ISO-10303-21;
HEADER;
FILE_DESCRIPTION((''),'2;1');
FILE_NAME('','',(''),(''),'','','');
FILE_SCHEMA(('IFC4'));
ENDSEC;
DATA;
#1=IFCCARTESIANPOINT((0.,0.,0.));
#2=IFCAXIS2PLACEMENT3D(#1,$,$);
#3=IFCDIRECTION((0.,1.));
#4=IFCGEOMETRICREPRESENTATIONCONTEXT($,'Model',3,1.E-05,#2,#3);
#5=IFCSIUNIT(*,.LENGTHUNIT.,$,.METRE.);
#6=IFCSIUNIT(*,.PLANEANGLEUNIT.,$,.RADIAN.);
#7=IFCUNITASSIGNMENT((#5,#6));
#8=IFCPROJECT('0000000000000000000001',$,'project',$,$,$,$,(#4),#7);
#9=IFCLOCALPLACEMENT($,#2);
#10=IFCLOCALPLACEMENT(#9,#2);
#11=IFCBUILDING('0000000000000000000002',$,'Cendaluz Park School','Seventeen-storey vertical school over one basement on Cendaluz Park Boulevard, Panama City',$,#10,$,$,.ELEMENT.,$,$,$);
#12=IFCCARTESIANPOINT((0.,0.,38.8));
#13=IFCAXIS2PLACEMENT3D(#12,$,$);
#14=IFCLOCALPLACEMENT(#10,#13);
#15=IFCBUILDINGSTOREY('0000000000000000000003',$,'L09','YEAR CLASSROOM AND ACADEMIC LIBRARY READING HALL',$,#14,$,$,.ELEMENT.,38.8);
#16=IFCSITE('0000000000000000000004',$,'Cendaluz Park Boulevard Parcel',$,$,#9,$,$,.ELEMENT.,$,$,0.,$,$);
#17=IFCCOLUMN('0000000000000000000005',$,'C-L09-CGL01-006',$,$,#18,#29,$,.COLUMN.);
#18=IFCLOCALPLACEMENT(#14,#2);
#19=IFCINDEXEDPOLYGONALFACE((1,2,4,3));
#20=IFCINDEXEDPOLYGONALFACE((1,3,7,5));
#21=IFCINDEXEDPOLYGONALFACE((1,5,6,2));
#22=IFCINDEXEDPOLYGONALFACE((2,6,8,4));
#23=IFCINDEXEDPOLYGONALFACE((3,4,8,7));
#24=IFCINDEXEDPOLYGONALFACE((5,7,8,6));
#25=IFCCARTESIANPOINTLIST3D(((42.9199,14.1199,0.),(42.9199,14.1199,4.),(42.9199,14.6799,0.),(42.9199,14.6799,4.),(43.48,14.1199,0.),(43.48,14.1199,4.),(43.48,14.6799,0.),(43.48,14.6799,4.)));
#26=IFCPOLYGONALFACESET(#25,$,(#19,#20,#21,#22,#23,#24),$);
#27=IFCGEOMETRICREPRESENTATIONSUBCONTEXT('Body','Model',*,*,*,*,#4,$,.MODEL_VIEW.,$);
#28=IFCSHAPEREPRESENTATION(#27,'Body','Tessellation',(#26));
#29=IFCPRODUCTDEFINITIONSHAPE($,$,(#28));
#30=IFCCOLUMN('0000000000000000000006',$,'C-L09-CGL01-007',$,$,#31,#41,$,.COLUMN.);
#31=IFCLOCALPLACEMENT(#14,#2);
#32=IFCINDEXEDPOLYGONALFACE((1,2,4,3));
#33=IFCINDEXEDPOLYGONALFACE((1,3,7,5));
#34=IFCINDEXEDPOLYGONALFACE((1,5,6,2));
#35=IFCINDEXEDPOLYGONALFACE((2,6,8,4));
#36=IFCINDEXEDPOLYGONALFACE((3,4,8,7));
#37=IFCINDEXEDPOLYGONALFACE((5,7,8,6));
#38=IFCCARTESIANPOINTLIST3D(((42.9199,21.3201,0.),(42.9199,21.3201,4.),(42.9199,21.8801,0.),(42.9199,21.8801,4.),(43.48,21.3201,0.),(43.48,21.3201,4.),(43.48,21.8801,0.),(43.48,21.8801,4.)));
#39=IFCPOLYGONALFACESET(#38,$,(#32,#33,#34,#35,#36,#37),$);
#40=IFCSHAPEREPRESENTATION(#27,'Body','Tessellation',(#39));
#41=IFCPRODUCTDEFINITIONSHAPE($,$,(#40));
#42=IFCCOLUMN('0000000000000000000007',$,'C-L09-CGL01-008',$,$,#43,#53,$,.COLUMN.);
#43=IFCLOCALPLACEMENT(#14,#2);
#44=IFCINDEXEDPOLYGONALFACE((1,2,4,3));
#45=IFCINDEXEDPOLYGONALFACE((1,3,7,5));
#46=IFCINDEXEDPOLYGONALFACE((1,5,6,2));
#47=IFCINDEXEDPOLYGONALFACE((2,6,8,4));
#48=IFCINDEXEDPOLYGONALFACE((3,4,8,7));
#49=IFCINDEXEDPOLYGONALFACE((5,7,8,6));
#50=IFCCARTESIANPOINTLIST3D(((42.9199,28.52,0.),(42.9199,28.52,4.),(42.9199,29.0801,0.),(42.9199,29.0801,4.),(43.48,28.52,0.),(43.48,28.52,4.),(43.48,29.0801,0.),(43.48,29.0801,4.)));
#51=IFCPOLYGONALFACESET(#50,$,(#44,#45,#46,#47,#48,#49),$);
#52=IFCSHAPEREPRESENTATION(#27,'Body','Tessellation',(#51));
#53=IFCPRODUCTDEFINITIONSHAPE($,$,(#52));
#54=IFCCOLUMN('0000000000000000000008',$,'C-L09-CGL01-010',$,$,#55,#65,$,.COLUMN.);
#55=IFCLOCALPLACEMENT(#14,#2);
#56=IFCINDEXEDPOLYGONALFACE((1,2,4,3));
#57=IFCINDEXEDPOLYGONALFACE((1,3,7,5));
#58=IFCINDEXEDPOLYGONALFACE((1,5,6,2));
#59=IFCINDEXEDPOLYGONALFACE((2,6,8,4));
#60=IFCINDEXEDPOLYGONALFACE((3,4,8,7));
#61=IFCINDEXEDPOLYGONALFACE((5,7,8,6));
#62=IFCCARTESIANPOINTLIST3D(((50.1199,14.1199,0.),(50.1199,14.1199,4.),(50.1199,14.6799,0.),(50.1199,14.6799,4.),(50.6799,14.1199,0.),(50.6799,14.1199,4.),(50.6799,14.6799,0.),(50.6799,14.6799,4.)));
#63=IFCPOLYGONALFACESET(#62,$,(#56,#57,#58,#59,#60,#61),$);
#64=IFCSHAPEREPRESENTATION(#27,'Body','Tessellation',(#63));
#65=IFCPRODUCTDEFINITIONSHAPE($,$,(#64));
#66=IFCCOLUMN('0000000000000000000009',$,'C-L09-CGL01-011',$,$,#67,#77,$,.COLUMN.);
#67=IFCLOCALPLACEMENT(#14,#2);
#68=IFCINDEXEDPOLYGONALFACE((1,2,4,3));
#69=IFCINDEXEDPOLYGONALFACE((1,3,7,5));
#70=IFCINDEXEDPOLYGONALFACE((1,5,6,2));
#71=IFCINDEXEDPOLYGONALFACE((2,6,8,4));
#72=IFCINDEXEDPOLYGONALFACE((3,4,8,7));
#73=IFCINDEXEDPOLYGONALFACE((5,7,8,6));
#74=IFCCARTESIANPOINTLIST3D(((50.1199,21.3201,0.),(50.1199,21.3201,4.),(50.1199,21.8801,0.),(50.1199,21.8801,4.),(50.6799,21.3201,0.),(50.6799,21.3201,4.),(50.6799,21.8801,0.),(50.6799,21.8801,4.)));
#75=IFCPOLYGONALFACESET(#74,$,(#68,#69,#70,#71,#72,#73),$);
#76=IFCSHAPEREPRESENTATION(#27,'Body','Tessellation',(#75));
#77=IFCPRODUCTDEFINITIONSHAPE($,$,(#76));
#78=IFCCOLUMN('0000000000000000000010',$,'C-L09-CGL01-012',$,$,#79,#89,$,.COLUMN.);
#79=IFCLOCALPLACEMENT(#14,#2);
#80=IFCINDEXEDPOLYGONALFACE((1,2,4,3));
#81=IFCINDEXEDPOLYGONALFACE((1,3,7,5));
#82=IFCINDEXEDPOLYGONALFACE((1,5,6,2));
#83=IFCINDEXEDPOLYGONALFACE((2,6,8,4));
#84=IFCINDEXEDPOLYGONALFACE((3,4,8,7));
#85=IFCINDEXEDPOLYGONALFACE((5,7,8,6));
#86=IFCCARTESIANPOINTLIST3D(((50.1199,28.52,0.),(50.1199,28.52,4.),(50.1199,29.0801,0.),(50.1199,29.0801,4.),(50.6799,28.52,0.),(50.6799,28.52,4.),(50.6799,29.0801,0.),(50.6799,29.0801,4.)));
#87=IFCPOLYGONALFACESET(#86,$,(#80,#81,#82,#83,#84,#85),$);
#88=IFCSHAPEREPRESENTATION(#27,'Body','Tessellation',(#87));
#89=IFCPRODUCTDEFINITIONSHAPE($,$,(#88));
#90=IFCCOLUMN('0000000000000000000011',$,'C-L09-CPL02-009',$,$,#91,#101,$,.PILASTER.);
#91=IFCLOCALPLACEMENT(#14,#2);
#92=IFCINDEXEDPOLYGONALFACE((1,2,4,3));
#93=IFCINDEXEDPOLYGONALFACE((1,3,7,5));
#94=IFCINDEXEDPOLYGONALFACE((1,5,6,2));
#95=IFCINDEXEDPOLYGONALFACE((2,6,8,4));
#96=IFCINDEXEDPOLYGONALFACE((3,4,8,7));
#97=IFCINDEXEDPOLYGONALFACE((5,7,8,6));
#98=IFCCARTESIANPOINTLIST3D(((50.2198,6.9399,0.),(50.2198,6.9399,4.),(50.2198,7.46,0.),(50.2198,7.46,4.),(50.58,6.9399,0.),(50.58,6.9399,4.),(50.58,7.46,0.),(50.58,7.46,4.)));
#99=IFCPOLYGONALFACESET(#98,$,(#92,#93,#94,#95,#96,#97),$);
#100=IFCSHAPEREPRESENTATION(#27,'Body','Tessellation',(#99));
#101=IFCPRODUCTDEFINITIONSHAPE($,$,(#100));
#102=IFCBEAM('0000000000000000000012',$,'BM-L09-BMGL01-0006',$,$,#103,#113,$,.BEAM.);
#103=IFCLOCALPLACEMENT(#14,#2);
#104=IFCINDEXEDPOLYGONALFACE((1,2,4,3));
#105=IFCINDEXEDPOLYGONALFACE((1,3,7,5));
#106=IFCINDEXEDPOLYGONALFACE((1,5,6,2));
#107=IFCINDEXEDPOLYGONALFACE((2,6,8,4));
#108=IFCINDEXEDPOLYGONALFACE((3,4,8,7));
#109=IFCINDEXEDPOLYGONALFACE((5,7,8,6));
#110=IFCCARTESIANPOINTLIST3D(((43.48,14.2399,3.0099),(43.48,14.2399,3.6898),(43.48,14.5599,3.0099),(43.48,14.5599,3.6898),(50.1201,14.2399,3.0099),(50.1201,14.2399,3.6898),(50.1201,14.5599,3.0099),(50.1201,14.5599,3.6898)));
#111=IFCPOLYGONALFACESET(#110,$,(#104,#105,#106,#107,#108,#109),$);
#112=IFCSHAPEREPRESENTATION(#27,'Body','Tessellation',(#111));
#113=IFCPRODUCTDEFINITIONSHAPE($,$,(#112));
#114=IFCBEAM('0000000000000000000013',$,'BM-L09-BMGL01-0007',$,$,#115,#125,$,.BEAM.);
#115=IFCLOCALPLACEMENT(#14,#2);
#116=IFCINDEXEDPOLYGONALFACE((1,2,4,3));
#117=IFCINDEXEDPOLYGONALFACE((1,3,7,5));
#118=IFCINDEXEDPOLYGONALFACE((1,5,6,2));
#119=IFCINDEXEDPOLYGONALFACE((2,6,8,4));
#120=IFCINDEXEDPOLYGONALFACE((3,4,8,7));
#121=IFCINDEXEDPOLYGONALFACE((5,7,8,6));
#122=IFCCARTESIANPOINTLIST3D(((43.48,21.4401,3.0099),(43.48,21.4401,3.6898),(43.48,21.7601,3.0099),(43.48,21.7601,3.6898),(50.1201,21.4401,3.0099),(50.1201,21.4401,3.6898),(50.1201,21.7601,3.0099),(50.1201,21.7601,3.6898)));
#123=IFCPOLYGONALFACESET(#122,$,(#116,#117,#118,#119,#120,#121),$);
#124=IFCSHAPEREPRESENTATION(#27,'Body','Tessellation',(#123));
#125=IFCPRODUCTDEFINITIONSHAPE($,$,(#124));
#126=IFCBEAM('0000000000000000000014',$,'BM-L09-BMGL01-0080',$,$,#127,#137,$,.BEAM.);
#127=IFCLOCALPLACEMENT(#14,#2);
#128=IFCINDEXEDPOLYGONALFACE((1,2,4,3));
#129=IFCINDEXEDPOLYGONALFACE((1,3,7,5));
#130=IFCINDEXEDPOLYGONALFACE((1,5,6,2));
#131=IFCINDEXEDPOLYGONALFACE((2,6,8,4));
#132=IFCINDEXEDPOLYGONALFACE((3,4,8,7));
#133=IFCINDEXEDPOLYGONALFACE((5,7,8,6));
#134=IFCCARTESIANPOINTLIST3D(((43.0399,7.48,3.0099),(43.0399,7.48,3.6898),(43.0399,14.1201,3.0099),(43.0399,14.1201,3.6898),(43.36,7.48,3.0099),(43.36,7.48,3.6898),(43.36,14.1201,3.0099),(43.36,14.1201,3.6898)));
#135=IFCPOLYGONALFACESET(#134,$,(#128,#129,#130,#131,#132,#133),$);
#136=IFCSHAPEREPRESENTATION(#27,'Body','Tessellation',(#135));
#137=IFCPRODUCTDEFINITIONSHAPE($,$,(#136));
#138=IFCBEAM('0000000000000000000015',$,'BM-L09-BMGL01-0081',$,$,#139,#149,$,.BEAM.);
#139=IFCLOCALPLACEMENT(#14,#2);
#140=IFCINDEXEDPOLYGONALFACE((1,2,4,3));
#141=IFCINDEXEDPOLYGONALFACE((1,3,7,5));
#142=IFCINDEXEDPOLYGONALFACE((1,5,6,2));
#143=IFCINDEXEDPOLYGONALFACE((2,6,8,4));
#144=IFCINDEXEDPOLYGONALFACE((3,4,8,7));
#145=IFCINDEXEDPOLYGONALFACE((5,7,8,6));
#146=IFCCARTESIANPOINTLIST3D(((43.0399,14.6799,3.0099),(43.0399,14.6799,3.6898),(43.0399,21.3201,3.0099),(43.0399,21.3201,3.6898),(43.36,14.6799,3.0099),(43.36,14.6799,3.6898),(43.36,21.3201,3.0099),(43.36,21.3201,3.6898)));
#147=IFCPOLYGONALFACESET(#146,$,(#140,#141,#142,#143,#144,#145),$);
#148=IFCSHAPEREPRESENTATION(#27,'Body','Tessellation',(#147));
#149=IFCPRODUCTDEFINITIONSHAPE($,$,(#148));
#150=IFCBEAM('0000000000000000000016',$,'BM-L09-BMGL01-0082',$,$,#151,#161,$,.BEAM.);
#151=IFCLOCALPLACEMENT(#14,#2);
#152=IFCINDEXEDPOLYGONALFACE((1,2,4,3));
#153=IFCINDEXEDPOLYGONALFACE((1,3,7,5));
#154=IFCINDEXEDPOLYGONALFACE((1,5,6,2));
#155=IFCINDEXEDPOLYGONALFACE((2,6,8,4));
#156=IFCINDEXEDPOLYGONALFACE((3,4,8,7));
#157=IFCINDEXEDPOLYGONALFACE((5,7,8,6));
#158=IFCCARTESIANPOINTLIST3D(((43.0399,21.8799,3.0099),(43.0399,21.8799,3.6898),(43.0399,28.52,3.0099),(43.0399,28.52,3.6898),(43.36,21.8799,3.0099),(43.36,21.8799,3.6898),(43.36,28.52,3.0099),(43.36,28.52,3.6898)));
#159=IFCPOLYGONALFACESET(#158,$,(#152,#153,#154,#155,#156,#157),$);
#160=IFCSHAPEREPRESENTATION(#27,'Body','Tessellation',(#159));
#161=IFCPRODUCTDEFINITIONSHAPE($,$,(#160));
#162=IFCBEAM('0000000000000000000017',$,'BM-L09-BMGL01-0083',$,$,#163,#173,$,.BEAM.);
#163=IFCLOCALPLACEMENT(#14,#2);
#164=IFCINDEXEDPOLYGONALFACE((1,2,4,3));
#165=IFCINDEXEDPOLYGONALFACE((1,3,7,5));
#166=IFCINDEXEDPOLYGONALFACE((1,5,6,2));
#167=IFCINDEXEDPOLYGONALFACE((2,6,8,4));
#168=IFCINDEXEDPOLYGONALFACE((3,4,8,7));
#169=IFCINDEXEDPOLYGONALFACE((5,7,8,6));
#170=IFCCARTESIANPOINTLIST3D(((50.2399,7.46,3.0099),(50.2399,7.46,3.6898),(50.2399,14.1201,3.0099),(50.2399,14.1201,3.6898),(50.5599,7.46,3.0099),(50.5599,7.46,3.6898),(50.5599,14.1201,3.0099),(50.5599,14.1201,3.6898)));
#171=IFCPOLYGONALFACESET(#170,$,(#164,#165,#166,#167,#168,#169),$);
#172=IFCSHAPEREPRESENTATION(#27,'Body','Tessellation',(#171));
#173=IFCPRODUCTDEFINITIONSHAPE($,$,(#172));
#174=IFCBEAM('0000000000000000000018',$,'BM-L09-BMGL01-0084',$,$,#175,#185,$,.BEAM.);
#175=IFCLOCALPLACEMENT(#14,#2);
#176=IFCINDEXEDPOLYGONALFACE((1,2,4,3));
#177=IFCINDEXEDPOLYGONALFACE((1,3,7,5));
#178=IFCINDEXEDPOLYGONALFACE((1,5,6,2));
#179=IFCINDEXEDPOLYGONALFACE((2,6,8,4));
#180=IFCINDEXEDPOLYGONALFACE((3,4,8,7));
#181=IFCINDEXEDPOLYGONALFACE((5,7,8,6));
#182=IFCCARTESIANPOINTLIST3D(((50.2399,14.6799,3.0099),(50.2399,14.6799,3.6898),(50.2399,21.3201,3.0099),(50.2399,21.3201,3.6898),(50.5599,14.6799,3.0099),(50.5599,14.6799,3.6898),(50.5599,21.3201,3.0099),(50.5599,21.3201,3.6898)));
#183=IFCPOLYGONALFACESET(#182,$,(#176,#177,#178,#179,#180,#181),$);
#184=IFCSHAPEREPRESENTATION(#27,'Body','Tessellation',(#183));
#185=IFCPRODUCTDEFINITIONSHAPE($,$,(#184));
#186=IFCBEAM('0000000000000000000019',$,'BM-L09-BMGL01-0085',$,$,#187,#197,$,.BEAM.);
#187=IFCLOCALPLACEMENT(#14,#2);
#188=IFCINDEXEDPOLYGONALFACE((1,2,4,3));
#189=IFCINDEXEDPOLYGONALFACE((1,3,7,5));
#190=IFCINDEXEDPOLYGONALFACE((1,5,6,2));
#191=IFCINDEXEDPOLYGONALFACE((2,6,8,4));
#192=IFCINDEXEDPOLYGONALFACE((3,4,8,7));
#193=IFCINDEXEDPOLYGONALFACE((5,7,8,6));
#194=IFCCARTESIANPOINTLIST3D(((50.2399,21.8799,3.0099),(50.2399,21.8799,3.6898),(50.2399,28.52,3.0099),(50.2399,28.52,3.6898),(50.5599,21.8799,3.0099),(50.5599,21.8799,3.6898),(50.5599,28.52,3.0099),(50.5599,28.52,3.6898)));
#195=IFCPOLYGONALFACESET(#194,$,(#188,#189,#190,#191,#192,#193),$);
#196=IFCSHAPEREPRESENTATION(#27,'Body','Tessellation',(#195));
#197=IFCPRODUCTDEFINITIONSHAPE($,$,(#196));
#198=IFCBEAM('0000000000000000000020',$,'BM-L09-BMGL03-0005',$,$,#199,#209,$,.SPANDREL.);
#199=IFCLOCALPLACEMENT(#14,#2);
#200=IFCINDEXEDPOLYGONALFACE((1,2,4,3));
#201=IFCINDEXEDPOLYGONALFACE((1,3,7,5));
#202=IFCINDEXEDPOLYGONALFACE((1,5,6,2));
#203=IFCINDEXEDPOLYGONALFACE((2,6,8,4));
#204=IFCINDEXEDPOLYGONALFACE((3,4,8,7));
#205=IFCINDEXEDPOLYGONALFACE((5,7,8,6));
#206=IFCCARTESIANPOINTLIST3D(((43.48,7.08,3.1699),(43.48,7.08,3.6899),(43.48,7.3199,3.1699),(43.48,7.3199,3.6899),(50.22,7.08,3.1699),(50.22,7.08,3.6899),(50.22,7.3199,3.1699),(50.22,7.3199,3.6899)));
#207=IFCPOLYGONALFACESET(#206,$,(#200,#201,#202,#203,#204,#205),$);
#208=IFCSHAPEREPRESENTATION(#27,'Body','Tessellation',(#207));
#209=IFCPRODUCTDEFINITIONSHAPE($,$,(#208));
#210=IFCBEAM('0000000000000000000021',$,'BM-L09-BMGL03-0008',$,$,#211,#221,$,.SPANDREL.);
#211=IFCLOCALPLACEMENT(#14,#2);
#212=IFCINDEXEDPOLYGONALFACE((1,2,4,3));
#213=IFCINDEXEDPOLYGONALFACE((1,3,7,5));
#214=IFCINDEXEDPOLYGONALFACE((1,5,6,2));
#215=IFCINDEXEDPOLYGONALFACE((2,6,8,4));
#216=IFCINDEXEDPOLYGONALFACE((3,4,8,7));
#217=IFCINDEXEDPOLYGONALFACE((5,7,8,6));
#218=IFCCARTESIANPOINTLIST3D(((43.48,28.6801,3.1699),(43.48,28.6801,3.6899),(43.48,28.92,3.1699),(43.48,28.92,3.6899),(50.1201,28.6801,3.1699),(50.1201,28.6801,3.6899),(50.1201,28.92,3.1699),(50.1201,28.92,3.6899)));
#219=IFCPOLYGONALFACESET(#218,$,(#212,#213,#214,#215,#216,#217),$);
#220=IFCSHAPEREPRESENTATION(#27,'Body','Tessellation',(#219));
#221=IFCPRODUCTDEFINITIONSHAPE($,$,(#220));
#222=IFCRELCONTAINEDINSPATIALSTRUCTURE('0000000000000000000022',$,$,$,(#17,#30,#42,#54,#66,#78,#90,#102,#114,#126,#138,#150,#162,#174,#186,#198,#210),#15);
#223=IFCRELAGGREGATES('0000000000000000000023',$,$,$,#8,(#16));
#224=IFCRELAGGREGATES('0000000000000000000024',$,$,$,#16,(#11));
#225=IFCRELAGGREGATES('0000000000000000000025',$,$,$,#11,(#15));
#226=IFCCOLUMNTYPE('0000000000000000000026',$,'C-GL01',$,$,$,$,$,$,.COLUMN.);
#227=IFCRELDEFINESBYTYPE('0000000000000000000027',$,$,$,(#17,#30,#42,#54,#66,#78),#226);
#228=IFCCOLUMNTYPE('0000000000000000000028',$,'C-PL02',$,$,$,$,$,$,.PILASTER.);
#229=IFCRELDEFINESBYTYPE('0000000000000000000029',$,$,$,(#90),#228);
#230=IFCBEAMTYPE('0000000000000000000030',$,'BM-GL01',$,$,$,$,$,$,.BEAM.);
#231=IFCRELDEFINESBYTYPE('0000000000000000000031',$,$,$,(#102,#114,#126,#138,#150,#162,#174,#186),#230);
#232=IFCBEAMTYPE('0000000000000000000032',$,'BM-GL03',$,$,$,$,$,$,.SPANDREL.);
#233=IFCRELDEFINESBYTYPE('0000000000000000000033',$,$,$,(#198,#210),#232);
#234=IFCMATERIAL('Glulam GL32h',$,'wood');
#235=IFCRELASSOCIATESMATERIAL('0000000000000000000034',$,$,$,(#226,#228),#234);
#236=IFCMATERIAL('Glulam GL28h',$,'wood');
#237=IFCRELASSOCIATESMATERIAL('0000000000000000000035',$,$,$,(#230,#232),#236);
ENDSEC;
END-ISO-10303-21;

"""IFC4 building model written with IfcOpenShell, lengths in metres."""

from ifc_helpers import new_model, si_unit, direction, frame, origin, origin_2d, place, context, subcontext, project, spatial, rectangle, extrude, material, material_profile, profile_set, type_object, element, save


model = new_model("IFC4")

# Units and contexts
model_context = context("Model", 3, precision=1e-05, world=origin(), true_north=direction((0.0, 1.0)))
body_context = subcontext(model_context, "Body", "Model", "MODEL_VIEW")
ifc_project = project(units=[si_unit("LENGTHUNIT", "METRE"), si_unit("PLANEANGLEUNIT", "RADIAN")], contexts=[model_context])

# Site, building, storey
site_placement = place(None, origin())
site = spatial("IfcSite", under=ifc_project, at=site_placement, Name="Cendaluz Park Boulevard Parcel", CompositionType="ELEMENT", RefElevation=0.0)
building_placement = place(site_placement, origin())
building = spatial("IfcBuilding", under=site, at=building_placement, Name="Cendaluz Park School", Description="Seventeen-storey vertical school over one basement on Cendaluz Park Boulevard, Panama City", CompositionType="ELEMENT")
storey_placement = place(building_placement, frame((0.0, 0.0, 38.8)))
storey = spatial("IfcBuildingStorey", under=building, at=storey_placement, Name="L09", Description="YEAR CLASSROOM AND ACADEMIC LIBRARY READING HALL", CompositionType="ELEMENT", Elevation=38.8)

# Columns
ifc_material_1 = material(Name="Glulam GL32h", Category="wood")
ifc_material_profile_1 = material_profile(ifc_material_1, rectangle(XDim=0.5601, YDim=0.5601, at=origin_2d()), Name="GL32h 560x560", Category="wood")
ifc_profile_set_1 = profile_set([ifc_material_profile_1], Name="Glulam GL32h")
column_type_1 = type_object("IfcColumnType", Name="C-GL01", PredefinedType="COLUMN", material=ifc_profile_set_1)
for number, where, z_axis, x_axis, name in (
    (1, (43.2, 14.3999, 0.0), (0.0, 0.0, 1.0), (1.0, 0.0, 0.0), "C-L09-CGL01-006"),
    (2, (43.2, 21.6001, 0.0), (0.0, 0.0, 1.0), (1.0, 0.0, 0.0), "C-L09-CGL01-007"),
    (3, (43.2, 28.8, 0.0), (0.0, 0.0, 1.0), (1.0, 0.0, 0.0), "C-L09-CGL01-008"),
    (4, (50.3999, 14.3999, 0.0), (0.0, 0.0, 1.0), (1.0, 0.0, 0.0), "C-L09-CGL01-010"),
    (5, (50.3999, 21.6001, 0.0), (0.0, 0.0, 1.0), (1.0, 0.0, 0.0), "C-L09-CGL01-011"),
    (6, (50.3999, 28.8, 0.0), (0.0, 0.0, 1.0), (1.0, 0.0, 0.0), "C-L09-CGL01-012"),
):
    element("IfcColumn", number, at=place(storey_placement, frame(where, z_axis=z_axis, x_axis=x_axis)), inside=storey, type_object=column_type_1, Name=name, PredefinedType="COLUMN", context=body_context, shape_type="SweptSolid", body=[
        extrude(rectangle(XDim=0.5601, YDim=0.5601, at=origin_2d()), origin(), (0.0, 0.0, 1.0), 4.0),
    ])
ifc_material_profile_2 = material_profile(ifc_material_1, rectangle(XDim=0.3601, YDim=0.52, at=origin_2d()), Name="GL32h 360x520", Category="wood")
ifc_profile_set_2 = profile_set([ifc_material_profile_2], Name="Glulam GL32h")
column_type_2 = type_object("IfcColumnType", Name="C-PL02", PredefinedType="PILASTER", material=ifc_profile_set_2)
column_placement = place(storey_placement, frame((50.3999, 7.2, 0.0), z_axis=(0.0, 0.0, 1.0), x_axis=(1.0, 0.0, 0.0)))
element("IfcColumn", 7, at=column_placement, inside=storey, type_object=column_type_2, Name="C-L09-CPL02-009", PredefinedType="PILASTER", context=body_context, shape_type="SweptSolid", body=[
    extrude(rectangle(XDim=0.3601, YDim=0.52, at=origin_2d()), origin(), (0.0, 0.0, 1.0), 4.0),
])

# Beams
ifc_material_2 = material(Name="Glulam GL28h", Category="wood")
ifc_material_profile_3 = material_profile(ifc_material_2, rectangle(XDim=0.3201, YDim=0.6799, at=origin_2d()), Name="GL28h 320x680", Category="wood")
ifc_profile_set_3 = profile_set([ifc_material_profile_3], Name="Glulam GL28h")
beam_type_1 = type_object("IfcBeamType", Name="BM-GL01", PredefinedType="BEAM", material=ifc_profile_set_3)
for number, where, z_axis, x_axis, name in (
    (8, (43.48, 14.3999, 3.3499), (1.0, 0.0, 0.0), (0.0, 1.0, 0.0), "BM-L09-BMGL01-0006"),
    (9, (43.48, 21.6001, 3.3499), (1.0, 0.0, 0.0), (0.0, 1.0, 0.0), "BM-L09-BMGL01-0007"),
    (10, (43.2, 7.48, 3.3499), (0.0, 1.0, 0.0), (-1.0, 0.0, 0.0), "BM-L09-BMGL01-0080"),
    (11, (43.2, 14.6799, 3.3499), (0.0, 1.0, 0.0), (-1.0, 0.0, 0.0), "BM-L09-BMGL01-0081"),
    (12, (43.2, 21.8799, 3.3499), (0.0, 1.0, 0.0), (-1.0, 0.0, 0.0), "BM-L09-BMGL01-0082"),
):
    element("IfcBeam", number, at=place(storey_placement, frame(where, z_axis=z_axis, x_axis=x_axis)), inside=storey, type_object=beam_type_1, Name=name, PredefinedType="BEAM", context=body_context, shape_type="SweptSolid", body=[
        extrude(rectangle(XDim=0.3201, YDim=0.6799, at=origin_2d()), origin(), (0.0, 0.0, 1.0), 6.6401),
    ])
beam_1_placement = place(storey_placement, frame((50.3999, 7.46, 3.3499), z_axis=(0.0, 1.0, 0.0), x_axis=(-1.0, 0.0, 0.0)))
element("IfcBeam", 13, at=beam_1_placement, inside=storey, type_object=beam_type_1, Name="BM-L09-BMGL01-0083", PredefinedType="BEAM", context=body_context, shape_type="SweptSolid", body=[
    extrude(rectangle(XDim=0.3201, YDim=0.6799, at=origin_2d()), origin(), (0.0, 0.0, 1.0), 6.6602),
])
for number, where, z_axis, x_axis, name in (
    (14, (50.3999, 14.6799, 3.3499), (0.0, 1.0, 0.0), (-1.0, 0.0, 0.0), "BM-L09-BMGL01-0084"),
    (15, (50.3999, 21.8799, 3.3499), (0.0, 1.0, 0.0), (-1.0, 0.0, 0.0), "BM-L09-BMGL01-0085"),
):
    element("IfcBeam", number, at=place(storey_placement, frame(where, z_axis=z_axis, x_axis=x_axis)), inside=storey, type_object=beam_type_1, Name=name, PredefinedType="BEAM", context=body_context, shape_type="SweptSolid", body=[
        extrude(rectangle(XDim=0.3201, YDim=0.6799, at=origin_2d()), origin(), (0.0, 0.0, 1.0), 6.6401),
    ])
ifc_material_profile_4 = material_profile(ifc_material_2, rectangle(XDim=0.24, YDim=0.52, at=origin_2d()), Name="GL28h 240x520", Category="wood")
ifc_profile_set_4 = profile_set([ifc_material_profile_4], Name="Glulam GL28h")
beam_type_2 = type_object("IfcBeamType", Name="BM-GL03", PredefinedType="SPANDREL", material=ifc_profile_set_4)
beam_2_placement = place(storey_placement, frame((43.48, 7.2, 3.4299), z_axis=(1.0, 0.0, 0.0), x_axis=(0.0, 1.0, 0.0)))
element("IfcBeam", 16, at=beam_2_placement, inside=storey, type_object=beam_type_2, Name="BM-L09-BMGL03-0005", PredefinedType="SPANDREL", context=body_context, shape_type="SweptSolid", body=[
    extrude(rectangle(XDim=0.24, YDim=0.52, at=origin_2d()), origin(), (0.0, 0.0, 1.0), 6.74),
])
beam_3_placement = place(storey_placement, frame((43.48, 28.8, 3.4299), z_axis=(1.0, 0.0, 0.0), x_axis=(0.0, 1.0, 0.0)))
element("IfcBeam", 17, at=beam_3_placement, inside=storey, type_object=beam_type_2, Name="BM-L09-BMGL03-0008", PredefinedType="SPANDREL", context=body_context, shape_type="SweptSolid", body=[
    extrude(rectangle(XDim=0.24, YDim=0.52, at=origin_2d()), origin(), (0.0, 0.0, 1.0), 6.6401),
])

save(model, "model.ifc")
